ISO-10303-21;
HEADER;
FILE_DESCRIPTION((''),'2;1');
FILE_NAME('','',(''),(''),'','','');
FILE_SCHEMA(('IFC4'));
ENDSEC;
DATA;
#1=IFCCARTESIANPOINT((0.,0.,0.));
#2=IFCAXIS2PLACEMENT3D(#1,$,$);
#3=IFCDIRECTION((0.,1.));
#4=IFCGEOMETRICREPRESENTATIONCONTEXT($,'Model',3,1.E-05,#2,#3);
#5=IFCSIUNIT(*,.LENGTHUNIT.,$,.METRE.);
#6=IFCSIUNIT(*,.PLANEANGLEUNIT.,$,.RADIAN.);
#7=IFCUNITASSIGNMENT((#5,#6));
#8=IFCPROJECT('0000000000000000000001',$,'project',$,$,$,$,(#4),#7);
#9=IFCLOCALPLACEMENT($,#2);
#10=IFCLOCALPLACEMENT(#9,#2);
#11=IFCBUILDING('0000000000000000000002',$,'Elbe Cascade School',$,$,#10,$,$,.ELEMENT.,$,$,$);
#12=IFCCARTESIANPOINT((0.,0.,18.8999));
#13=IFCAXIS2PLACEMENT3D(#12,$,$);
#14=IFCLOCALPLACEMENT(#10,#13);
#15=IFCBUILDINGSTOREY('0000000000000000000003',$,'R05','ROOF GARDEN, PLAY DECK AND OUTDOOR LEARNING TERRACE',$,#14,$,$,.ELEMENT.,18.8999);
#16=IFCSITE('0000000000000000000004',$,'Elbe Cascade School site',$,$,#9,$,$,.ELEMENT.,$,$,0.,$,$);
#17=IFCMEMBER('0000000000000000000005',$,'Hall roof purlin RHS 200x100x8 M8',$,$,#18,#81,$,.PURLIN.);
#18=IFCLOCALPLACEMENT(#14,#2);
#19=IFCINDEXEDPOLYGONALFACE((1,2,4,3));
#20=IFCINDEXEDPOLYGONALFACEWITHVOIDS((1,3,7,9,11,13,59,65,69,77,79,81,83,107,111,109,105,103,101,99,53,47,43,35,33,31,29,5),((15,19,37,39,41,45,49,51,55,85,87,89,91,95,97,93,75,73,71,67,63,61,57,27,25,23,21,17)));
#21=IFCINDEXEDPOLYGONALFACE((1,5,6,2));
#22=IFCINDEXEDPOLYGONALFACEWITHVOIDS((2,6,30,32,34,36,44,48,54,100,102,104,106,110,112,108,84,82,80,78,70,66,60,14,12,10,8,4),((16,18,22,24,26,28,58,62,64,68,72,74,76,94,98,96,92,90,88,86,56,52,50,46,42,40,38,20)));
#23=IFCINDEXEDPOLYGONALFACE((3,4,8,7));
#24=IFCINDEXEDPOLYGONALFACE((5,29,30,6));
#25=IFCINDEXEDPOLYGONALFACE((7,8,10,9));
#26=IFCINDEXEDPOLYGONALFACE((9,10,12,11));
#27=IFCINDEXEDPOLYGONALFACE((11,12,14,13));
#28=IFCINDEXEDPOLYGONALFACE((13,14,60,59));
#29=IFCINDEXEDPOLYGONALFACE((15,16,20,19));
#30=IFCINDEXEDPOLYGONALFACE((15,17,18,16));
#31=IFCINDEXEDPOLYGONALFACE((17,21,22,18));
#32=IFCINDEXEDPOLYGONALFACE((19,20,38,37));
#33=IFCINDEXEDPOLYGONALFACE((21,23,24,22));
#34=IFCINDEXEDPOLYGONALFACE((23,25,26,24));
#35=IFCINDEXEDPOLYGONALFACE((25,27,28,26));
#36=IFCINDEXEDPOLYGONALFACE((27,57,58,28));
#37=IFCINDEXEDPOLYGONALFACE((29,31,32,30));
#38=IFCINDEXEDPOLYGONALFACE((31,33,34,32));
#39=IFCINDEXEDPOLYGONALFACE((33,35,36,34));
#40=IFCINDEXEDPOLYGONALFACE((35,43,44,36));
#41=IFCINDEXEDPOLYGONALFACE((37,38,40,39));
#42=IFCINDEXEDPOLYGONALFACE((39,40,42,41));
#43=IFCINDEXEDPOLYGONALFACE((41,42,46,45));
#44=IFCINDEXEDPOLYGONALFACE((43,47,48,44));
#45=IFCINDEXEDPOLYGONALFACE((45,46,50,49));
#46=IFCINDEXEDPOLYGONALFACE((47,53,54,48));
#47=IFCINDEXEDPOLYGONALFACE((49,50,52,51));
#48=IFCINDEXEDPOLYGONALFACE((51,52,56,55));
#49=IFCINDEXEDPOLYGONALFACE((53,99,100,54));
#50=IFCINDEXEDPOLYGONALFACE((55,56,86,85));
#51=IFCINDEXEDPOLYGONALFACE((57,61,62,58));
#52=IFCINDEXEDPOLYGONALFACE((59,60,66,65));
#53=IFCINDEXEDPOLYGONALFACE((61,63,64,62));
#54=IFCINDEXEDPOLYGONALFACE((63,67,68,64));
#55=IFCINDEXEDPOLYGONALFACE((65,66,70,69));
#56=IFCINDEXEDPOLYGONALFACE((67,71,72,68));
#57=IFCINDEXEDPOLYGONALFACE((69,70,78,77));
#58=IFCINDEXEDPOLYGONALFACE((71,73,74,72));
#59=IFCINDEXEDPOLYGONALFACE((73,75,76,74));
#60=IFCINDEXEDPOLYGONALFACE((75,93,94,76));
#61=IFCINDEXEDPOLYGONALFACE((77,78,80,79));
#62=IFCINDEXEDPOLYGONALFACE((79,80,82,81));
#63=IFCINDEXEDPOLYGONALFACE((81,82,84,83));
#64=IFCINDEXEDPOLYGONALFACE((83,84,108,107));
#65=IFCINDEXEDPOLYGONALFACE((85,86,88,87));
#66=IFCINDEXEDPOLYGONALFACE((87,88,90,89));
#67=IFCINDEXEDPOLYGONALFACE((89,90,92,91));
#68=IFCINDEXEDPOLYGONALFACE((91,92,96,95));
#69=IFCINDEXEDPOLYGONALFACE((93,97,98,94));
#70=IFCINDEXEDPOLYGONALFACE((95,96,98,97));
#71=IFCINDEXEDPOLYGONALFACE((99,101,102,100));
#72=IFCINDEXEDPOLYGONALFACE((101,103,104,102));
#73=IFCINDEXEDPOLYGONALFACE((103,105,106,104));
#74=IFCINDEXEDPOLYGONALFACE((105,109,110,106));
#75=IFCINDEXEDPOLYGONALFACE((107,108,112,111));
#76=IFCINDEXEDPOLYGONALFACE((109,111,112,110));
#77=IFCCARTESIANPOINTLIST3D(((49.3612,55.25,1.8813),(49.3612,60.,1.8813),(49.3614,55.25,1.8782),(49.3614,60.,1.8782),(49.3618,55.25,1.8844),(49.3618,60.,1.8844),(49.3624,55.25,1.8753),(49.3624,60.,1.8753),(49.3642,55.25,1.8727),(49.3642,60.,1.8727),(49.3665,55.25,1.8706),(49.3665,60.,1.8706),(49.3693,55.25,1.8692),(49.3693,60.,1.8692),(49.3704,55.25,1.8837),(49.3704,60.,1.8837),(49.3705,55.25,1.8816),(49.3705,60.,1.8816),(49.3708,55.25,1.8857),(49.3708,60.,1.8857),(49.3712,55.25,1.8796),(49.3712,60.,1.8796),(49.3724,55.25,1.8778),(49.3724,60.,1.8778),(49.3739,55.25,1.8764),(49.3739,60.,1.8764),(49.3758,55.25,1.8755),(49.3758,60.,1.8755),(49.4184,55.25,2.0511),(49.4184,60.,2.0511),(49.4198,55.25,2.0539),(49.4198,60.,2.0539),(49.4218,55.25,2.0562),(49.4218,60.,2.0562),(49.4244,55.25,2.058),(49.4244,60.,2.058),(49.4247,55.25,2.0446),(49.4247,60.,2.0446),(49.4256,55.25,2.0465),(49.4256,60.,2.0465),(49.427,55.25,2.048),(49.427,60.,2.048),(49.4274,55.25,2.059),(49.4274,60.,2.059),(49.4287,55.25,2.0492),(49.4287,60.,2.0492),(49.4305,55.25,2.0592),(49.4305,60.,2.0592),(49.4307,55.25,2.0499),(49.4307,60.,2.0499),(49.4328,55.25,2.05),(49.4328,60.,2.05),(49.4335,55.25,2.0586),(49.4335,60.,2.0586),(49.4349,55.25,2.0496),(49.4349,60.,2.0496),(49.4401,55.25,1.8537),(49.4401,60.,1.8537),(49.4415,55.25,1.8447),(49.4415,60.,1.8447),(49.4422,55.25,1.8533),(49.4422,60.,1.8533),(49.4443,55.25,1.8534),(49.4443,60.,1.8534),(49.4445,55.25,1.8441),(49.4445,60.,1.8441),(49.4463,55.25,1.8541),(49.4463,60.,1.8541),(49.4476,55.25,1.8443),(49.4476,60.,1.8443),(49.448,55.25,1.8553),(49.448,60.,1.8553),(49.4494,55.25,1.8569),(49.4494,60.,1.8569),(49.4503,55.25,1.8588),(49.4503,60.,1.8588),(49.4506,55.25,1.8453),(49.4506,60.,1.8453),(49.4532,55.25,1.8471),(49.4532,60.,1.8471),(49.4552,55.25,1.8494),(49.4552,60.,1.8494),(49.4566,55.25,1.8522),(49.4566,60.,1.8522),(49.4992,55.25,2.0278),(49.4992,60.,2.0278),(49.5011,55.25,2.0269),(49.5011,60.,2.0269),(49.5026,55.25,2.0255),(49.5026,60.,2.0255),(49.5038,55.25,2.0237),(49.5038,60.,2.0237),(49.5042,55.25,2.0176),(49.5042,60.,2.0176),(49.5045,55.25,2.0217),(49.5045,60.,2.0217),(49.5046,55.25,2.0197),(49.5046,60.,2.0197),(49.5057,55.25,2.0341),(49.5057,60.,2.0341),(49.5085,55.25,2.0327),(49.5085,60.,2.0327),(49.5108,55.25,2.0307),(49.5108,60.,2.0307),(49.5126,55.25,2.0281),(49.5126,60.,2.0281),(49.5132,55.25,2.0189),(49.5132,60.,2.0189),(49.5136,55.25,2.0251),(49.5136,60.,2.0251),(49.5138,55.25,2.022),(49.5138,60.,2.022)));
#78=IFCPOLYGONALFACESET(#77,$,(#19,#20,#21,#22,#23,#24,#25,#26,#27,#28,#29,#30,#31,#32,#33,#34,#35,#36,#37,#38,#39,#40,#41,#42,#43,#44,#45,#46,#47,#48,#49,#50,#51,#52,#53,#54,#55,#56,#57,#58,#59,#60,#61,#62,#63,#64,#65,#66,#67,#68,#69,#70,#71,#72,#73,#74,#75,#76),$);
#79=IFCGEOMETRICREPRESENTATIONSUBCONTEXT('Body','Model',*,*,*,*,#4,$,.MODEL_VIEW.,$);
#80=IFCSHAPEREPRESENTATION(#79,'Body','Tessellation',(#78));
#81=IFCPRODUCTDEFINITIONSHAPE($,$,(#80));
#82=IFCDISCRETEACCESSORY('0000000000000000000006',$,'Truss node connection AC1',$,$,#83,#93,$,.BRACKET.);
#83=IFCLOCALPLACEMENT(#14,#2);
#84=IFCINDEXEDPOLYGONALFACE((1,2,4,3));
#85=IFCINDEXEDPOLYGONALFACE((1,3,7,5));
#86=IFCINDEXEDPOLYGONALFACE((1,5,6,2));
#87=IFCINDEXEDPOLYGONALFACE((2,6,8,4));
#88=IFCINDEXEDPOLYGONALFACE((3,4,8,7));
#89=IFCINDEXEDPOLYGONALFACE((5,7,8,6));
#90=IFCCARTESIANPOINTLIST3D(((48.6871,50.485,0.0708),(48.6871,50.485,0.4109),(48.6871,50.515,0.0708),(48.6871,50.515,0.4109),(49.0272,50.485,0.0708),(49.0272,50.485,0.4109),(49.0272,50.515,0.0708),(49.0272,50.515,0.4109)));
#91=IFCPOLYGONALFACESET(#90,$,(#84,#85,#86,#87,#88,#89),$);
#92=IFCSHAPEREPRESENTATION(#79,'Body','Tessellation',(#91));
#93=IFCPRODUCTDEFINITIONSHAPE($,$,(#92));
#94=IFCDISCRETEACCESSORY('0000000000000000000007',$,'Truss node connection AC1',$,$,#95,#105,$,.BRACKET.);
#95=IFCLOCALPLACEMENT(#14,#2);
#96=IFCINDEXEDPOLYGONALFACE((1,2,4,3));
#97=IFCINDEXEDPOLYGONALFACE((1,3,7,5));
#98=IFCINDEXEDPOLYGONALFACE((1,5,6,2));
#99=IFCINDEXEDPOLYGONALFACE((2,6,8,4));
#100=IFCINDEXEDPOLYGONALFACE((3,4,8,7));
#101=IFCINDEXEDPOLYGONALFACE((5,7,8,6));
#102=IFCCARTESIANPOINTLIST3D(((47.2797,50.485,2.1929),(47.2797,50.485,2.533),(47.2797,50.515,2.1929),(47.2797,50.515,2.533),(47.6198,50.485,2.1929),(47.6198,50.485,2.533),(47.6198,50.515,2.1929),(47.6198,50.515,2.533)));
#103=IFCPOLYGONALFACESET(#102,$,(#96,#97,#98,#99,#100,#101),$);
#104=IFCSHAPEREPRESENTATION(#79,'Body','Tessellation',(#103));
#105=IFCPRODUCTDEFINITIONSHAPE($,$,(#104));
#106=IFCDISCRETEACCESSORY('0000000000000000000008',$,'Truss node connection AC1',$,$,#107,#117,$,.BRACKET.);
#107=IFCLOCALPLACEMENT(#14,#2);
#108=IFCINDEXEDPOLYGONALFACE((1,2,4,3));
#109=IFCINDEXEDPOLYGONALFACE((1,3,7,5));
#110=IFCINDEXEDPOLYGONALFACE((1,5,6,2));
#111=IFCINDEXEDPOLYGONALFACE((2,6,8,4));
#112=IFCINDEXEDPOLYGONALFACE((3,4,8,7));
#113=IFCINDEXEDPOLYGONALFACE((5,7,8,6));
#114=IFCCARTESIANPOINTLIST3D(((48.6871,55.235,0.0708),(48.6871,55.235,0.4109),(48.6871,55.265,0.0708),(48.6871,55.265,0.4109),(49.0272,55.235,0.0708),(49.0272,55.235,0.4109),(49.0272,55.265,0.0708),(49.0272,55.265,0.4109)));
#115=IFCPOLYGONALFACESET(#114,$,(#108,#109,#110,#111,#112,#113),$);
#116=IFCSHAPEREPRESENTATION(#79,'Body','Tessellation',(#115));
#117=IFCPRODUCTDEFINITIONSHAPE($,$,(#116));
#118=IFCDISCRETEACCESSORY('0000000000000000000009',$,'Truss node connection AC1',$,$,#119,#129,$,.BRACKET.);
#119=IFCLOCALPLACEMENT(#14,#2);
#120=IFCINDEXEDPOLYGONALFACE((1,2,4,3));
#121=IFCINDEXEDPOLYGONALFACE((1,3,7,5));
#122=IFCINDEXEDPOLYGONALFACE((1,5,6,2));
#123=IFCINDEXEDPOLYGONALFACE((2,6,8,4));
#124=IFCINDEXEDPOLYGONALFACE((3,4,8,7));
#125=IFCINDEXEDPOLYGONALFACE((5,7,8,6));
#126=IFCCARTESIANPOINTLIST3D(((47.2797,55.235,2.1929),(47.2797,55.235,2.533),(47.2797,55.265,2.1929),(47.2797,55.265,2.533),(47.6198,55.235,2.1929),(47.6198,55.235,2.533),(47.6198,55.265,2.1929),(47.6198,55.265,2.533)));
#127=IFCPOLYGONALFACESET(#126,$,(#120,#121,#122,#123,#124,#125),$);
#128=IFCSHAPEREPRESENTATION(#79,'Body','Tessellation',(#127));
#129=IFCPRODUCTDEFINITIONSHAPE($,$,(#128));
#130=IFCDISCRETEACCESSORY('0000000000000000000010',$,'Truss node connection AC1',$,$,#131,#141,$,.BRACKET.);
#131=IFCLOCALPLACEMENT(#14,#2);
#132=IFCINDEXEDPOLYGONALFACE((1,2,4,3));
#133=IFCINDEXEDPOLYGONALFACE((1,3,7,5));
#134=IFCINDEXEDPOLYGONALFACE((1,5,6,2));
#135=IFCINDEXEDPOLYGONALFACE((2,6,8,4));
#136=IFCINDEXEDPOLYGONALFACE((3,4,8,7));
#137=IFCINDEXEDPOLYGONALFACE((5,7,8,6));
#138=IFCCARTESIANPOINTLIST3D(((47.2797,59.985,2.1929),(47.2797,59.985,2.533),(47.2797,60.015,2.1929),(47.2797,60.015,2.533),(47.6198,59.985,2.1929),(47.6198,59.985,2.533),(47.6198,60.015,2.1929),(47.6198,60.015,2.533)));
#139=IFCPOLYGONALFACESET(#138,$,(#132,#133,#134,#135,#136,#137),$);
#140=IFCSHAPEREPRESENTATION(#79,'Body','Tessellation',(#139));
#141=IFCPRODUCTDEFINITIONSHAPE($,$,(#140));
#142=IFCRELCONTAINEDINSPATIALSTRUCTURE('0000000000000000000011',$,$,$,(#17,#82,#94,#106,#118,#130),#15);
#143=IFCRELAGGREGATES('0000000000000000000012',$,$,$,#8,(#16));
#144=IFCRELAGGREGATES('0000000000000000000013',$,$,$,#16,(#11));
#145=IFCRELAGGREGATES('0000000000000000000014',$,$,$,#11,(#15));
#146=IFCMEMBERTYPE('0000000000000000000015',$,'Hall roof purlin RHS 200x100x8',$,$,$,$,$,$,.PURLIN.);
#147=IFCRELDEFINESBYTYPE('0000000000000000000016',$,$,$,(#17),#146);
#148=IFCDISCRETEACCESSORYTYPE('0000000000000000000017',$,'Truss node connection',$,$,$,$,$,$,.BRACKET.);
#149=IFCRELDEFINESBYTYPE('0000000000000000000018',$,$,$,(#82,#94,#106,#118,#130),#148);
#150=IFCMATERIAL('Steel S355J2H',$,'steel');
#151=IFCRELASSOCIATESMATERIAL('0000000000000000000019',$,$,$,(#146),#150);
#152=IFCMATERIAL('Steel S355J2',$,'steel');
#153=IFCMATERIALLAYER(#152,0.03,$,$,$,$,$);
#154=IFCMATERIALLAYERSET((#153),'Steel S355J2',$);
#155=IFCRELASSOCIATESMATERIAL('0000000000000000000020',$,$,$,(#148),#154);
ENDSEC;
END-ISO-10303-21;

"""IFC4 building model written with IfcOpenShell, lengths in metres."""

from ifc_helpers import new_model, si_unit, direction, frame, origin, origin_2d, place, context, subcontext, project, spatial, rectangle, hollow_rectangle, extrude, material, layer, layer_set, material_profile, profile_set, type_object, element, save


model = new_model("IFC4")

# Units and contexts
model_context = context("Model", 3, precision=1e-05, world=origin(), true_north=direction((0.0, 1.0)))
body_context = subcontext(model_context, "Body", "Model", "MODEL_VIEW")
ifc_project = project(units=[si_unit("LENGTHUNIT", "METRE"), si_unit("PLANEANGLEUNIT", "RADIAN")], contexts=[model_context])

# Site, building, storey
site_placement = place(None, origin())
site = spatial("IfcSite", under=ifc_project, at=site_placement, Name="Elbe Cascade School site", CompositionType="ELEMENT", RefElevation=0.0)
building_placement = place(site_placement, origin())
building = spatial("IfcBuilding", under=site, at=building_placement, Name="Elbe Cascade School", CompositionType="ELEMENT")
storey_placement = place(building_placement, frame((0.0, 0.0, 18.8999)))
storey = spatial("IfcBuildingStorey", under=building, at=storey_placement, Name="R05", Description="ROOF GARDEN, PLAY DECK AND OUTDOOR LEARNING TERRACE", CompositionType="ELEMENT", Elevation=18.8999)

# Member
ifc_material_1 = material(Name="Steel S355J2H", Category="steel")
ifc_material_profile_1 = material_profile(ifc_material_1, hollow_rectangle(XDim=0.1001, YDim=0.2, WallThickness=0.0081, InnerFilletRadius=0.0081, OuterFilletRadius=0.012, at=origin_2d()), Name="RHS 200x100x8")
ifc_profile_set_1 = profile_set([ifc_material_profile_1], Name="Steel S355J2H")
member_type_1 = type_object("IfcMemberType", Name="Hall roof purlin RHS 200x100x8", PredefinedType="PURLIN", material=ifc_profile_set_1)
for number, where, z_axis, x_axis, name in (
    (1, (49.4375, 55.25, 1.9517), (0.0, 1.0, 0.0), (-0.946999, 0.0, 0.321236), "Hall roof purlin RHS 200x100x8 M8"),
):
    element("IfcMember", number, at=place(storey_placement, frame(where, z_axis=z_axis, x_axis=x_axis)), inside=storey, type_object=member_type_1, Name=name, PredefinedType="PURLIN", context=body_context, shape_type="SweptSolid", body=[
        extrude(hollow_rectangle(XDim=0.1001, YDim=0.2, WallThickness=0.0081, InnerFilletRadius=0.0081, OuterFilletRadius=0.012, at=origin_2d()), origin(), (0.0, 0.0, 1.0), 4.75),
    ])

# Discrete accessories
ifc_material_2 = material(Name="Steel S355J2", Category="steel")
ifc_layer = layer(ifc_material_2, 0.03)
ifc_layer_set = layer_set([ifc_layer], Name="Steel S355J2")
discrete_accessory_type = type_object("IfcDiscreteAccessoryType", Name="Truss node connection", PredefinedType="BRACKET", material=ifc_layer_set)
for number, where, z_axis, x_axis, name in (
    (2, (48.8572, 50.5, 0.0708), (0.0, 0.0, 1.0), (1.0, 0.0, 0.0), "Truss node connection AC1"),
    (3, (47.4497, 50.5, 2.1929), (0.0, 0.0, 1.0), (1.0, 0.0, 0.0), "Truss node connection AC1"),
    (4, (48.8572, 55.25, 0.0708), (0.0, 0.0, 1.0), (1.0, 0.0, 0.0), "Truss node connection AC1"),
    (5, (47.4497, 55.25, 2.1929), (0.0, 0.0, 1.0), (1.0, 0.0, 0.0), "Truss node connection AC1"),
    (6, (47.4497, 60.0, 2.1929), (0.0, 0.0, 1.0), (1.0, 0.0, 0.0), "Truss node connection AC1"),
):
    element("IfcDiscreteAccessory", number, at=place(storey_placement, frame(where, z_axis=z_axis, x_axis=x_axis)), inside=storey, type_object=discrete_accessory_type, Name=name, PredefinedType="BRACKET", context=body_context, shape_type="SweptSolid", body=[
        extrude(rectangle(XDim=0.3401, YDim=0.03, at=origin_2d()), origin(), (0.0, 0.0, 1.0), 0.3401),
    ])

save(model, "model.ifc")
